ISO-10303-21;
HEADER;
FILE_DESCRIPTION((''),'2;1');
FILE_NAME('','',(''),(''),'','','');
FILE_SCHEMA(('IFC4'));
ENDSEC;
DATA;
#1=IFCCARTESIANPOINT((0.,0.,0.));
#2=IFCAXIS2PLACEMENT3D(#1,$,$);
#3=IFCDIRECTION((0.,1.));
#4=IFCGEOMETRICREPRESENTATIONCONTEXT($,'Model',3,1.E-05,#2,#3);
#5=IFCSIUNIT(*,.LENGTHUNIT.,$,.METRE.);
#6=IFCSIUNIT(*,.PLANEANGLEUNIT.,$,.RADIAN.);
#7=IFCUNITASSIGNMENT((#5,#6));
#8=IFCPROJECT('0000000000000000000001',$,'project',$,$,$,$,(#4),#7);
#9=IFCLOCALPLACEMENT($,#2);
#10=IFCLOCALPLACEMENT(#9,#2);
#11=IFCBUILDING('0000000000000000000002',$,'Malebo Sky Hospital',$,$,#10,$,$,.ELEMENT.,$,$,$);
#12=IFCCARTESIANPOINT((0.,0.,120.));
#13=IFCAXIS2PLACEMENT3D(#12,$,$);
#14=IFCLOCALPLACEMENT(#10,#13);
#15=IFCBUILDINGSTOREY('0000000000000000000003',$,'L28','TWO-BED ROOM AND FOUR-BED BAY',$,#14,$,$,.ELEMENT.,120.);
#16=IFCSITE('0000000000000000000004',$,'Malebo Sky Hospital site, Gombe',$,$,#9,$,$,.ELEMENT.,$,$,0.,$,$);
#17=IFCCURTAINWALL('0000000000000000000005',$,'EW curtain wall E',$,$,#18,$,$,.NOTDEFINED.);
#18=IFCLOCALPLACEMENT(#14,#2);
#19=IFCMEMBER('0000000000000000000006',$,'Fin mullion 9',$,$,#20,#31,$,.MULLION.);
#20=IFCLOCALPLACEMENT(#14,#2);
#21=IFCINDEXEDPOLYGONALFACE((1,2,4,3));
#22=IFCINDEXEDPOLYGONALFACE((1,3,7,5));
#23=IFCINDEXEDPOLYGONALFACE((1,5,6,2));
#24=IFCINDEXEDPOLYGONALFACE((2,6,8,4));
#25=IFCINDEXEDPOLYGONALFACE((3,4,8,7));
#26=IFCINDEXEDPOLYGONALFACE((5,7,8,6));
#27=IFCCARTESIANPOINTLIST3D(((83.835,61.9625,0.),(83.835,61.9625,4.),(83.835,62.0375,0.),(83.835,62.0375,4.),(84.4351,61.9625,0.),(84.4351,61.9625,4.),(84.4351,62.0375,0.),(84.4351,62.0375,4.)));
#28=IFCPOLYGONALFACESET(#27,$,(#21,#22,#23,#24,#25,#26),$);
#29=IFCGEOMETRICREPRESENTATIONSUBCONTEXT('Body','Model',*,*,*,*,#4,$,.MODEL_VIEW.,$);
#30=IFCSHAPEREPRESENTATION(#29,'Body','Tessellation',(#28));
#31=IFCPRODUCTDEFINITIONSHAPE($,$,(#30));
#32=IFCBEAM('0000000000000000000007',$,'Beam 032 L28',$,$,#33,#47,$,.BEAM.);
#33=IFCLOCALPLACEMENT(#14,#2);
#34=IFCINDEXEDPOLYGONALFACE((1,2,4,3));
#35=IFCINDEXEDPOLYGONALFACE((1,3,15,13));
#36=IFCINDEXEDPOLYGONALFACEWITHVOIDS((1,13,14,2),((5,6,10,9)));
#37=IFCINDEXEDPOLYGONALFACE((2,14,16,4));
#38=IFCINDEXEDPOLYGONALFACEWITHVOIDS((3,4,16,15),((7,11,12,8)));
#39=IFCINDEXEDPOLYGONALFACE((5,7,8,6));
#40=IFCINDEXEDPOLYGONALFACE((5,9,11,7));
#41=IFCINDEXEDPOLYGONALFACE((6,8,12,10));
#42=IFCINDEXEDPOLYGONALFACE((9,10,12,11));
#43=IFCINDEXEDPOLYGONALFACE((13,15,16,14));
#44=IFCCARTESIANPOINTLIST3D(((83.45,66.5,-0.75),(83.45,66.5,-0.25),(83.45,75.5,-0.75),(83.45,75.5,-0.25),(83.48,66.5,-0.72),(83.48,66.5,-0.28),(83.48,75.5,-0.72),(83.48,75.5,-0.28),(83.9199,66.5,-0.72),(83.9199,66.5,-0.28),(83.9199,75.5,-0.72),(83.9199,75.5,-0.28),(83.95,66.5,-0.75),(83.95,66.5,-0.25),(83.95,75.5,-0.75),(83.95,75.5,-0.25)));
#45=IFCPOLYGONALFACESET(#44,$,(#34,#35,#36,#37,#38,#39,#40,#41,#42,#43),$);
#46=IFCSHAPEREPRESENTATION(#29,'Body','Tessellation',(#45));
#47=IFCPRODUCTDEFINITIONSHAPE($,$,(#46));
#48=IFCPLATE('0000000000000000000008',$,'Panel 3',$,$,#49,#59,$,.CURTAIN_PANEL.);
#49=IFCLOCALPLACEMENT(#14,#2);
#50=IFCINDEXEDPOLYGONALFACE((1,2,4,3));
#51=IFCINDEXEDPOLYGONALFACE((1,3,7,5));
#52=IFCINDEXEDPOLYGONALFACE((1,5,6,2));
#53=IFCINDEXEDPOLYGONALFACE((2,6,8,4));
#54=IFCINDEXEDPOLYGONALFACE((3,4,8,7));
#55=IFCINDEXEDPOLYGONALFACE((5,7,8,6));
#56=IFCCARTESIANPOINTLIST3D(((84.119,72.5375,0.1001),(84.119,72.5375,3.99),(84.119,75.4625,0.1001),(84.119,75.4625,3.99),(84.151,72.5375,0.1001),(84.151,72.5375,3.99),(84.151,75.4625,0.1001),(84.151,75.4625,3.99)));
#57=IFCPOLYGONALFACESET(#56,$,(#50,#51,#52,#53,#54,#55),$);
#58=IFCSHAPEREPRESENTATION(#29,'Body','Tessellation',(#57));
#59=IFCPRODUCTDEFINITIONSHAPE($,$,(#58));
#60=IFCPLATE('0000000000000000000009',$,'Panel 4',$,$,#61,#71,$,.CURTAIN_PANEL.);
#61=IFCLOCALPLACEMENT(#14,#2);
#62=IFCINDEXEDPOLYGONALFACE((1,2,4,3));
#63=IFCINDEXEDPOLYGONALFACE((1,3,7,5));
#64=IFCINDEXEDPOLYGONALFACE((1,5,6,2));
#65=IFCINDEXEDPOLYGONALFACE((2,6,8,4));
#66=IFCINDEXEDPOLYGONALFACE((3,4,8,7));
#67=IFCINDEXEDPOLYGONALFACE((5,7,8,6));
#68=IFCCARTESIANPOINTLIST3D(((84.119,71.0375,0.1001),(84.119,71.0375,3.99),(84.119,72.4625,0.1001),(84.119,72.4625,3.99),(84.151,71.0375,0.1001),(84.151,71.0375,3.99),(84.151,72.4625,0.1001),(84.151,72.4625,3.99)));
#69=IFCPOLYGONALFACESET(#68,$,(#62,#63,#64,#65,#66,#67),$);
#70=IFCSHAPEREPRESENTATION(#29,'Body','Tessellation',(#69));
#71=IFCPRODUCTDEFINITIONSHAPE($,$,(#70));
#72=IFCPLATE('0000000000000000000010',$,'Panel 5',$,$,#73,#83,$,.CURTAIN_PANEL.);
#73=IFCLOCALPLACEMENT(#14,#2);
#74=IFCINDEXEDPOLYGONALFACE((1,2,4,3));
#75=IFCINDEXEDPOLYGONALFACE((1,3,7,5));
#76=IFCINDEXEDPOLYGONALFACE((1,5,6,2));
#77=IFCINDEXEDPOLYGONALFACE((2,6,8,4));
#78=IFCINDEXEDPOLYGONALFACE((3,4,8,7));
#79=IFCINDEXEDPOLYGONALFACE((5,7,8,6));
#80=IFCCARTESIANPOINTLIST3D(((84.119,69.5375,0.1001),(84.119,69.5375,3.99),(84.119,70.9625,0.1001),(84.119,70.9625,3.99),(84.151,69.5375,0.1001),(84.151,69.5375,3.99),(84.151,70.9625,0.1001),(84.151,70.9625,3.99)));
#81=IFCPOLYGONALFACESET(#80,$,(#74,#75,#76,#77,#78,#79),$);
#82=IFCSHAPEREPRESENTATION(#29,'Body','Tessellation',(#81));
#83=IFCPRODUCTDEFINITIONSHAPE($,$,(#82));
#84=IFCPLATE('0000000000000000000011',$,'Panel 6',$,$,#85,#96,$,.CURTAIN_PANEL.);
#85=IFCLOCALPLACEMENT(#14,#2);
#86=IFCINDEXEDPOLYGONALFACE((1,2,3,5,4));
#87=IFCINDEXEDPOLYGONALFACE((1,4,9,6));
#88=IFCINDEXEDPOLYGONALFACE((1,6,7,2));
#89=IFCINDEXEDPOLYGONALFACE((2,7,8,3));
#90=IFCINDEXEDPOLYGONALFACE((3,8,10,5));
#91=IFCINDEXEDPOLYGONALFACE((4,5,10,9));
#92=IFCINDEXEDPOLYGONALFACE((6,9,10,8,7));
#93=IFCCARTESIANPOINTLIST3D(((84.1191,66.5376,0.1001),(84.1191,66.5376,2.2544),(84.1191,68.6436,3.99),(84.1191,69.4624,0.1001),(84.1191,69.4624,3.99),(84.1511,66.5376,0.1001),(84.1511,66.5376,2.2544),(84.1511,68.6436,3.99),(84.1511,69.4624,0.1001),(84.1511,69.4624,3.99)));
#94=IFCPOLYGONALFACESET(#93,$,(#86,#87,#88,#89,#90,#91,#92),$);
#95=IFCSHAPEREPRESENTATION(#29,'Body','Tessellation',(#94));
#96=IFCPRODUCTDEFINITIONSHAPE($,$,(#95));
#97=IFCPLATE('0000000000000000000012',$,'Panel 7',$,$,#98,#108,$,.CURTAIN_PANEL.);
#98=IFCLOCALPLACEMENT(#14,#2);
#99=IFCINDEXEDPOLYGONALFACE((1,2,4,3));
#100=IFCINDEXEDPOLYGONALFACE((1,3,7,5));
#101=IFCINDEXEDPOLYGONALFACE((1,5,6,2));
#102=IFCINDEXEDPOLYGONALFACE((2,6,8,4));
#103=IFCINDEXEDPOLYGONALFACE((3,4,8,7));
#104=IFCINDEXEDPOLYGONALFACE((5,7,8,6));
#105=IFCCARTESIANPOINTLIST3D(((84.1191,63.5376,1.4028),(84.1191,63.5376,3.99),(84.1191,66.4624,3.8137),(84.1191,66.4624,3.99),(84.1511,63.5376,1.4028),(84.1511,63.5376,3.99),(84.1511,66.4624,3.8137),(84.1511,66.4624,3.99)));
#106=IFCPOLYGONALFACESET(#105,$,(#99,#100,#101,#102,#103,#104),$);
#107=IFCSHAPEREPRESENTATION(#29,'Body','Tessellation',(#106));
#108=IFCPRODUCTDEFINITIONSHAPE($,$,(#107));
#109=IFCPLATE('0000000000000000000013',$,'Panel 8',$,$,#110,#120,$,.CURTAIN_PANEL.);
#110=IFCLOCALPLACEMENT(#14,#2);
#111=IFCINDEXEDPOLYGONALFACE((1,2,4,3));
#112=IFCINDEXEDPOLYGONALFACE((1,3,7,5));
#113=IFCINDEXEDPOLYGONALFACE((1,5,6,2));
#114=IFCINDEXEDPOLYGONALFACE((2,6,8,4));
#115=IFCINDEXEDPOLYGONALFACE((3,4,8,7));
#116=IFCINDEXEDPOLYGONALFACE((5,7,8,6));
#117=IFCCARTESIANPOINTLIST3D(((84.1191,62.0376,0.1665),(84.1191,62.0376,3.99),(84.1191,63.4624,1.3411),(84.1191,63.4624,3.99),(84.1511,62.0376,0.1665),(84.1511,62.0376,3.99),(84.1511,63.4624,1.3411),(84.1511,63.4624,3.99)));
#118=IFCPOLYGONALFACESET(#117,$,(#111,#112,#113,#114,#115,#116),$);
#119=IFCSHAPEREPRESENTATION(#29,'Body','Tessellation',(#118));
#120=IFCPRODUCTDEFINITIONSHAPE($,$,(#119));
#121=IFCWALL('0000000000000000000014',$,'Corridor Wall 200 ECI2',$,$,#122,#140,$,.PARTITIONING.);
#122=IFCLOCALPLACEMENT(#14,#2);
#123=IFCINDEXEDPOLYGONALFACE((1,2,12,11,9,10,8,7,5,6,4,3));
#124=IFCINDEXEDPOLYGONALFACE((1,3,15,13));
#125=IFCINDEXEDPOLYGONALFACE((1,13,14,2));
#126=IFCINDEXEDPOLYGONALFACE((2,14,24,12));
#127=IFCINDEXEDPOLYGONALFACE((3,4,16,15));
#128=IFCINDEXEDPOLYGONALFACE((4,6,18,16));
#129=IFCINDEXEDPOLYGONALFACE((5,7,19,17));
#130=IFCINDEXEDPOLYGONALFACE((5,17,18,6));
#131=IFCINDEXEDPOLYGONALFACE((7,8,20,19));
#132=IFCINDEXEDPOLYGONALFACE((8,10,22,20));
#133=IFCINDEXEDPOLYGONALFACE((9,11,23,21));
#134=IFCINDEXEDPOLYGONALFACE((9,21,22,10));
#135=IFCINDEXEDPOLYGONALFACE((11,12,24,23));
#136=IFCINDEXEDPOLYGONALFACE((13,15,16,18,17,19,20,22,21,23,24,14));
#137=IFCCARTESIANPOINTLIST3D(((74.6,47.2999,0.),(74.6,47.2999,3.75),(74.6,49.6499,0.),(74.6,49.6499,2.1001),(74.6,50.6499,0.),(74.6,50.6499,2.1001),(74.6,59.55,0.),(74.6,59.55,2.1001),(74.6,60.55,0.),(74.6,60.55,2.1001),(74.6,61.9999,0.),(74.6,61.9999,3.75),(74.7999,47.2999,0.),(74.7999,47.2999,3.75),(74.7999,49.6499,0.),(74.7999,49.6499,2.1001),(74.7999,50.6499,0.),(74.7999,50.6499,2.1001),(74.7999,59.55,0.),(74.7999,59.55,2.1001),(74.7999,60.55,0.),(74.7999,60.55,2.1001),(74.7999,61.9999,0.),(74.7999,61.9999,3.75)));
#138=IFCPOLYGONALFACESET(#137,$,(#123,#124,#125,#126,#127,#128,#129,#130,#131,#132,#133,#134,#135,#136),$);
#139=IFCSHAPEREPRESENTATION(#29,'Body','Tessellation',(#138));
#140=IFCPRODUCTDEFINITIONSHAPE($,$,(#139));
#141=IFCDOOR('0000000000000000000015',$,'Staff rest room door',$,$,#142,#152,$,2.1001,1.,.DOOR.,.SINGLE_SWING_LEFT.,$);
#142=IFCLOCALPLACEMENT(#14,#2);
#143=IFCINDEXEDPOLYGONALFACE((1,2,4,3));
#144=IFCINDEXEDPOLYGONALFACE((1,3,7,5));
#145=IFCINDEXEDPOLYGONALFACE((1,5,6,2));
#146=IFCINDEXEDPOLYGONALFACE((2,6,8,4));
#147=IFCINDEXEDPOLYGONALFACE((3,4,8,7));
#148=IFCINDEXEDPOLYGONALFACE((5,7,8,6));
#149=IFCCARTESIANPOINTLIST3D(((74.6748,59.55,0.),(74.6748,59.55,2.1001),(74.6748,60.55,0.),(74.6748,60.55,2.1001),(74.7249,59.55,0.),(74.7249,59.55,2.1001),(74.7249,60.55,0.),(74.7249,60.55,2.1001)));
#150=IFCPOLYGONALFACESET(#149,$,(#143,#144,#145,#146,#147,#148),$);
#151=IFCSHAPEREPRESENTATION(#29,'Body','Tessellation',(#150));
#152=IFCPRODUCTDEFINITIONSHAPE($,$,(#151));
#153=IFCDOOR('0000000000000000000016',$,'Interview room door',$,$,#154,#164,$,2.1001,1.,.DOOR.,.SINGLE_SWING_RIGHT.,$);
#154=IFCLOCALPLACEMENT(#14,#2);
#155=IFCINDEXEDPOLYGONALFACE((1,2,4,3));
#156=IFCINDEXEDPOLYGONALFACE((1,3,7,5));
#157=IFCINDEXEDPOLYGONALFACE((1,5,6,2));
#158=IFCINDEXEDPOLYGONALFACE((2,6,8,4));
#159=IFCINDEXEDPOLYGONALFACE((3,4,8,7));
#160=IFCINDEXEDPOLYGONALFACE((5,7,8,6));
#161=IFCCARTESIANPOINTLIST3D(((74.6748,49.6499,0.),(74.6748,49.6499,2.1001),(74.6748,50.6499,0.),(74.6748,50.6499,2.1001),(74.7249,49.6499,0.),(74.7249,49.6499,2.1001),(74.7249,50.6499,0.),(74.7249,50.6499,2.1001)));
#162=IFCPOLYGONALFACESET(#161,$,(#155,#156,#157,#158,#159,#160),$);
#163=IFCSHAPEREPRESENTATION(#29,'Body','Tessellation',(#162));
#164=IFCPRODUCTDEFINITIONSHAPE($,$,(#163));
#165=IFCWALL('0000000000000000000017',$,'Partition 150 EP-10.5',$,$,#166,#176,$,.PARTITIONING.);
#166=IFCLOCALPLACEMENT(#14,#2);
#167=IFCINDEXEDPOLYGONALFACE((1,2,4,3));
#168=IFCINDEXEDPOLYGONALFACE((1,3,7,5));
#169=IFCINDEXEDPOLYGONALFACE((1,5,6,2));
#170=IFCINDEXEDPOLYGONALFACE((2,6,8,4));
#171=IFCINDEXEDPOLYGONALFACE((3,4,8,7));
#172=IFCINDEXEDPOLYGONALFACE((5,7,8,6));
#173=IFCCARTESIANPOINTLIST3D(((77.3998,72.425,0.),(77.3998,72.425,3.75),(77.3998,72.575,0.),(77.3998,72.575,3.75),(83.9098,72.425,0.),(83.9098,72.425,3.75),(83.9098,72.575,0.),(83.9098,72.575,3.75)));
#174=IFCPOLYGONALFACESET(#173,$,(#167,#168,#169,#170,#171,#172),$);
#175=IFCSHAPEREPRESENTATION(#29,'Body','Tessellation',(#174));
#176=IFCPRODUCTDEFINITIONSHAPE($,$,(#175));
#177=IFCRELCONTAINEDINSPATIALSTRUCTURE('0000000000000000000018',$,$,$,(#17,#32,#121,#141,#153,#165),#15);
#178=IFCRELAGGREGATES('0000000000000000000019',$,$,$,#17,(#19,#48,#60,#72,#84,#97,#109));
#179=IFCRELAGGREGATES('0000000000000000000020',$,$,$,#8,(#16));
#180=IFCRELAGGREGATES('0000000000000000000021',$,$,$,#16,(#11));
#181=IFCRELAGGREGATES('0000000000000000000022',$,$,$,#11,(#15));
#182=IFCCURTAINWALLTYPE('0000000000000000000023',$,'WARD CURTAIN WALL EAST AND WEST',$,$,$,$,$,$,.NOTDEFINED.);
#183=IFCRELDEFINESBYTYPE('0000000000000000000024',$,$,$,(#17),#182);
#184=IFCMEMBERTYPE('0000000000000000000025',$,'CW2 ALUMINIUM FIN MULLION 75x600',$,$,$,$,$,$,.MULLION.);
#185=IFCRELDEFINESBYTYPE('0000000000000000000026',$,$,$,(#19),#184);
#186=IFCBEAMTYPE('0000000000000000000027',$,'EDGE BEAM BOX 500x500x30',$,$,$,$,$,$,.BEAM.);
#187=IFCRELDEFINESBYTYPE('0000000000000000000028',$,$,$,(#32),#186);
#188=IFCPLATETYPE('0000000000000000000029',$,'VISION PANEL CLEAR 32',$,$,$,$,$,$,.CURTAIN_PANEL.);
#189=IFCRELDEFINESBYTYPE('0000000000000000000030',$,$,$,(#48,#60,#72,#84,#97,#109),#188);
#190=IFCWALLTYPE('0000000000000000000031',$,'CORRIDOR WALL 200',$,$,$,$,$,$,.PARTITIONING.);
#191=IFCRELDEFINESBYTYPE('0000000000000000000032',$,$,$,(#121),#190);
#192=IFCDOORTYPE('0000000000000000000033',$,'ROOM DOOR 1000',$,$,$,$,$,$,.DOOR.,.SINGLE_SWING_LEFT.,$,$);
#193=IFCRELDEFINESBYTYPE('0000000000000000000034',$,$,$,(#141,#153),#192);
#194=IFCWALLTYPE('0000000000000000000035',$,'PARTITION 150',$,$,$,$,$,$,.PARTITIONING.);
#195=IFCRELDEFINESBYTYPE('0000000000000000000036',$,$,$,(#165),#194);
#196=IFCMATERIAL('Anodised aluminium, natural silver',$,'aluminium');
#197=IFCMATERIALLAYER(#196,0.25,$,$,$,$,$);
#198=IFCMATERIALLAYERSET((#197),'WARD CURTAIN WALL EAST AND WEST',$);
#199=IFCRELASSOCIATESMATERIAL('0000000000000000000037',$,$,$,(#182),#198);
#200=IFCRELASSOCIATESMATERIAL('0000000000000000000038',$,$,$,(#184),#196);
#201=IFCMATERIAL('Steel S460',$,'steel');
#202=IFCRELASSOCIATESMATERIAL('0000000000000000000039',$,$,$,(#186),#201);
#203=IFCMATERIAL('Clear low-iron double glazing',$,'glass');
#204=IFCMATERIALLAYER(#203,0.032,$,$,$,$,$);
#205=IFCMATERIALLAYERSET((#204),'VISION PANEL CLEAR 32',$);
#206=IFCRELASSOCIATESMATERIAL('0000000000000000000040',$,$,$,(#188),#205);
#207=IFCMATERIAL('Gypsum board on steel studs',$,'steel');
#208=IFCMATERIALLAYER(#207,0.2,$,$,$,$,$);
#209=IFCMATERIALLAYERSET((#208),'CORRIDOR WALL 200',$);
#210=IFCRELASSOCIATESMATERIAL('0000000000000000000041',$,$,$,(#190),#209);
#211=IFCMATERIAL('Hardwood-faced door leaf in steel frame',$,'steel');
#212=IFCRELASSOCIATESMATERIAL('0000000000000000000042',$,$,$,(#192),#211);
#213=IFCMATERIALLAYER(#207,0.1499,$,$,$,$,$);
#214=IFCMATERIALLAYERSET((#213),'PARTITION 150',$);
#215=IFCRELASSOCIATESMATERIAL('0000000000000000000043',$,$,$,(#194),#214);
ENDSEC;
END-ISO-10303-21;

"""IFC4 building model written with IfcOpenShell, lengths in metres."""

from ifc_helpers import new_model, si_unit, direction, frame, frame_2d, origin, origin_2d, place, context, subcontext, project, spatial, polyline, rectangle, hollow_rectangle, outline, extrude, material, layer, layer_set, material_profile, profile_set, type_object, element, fill, aggregate, save


model = new_model("IFC4")

# Units and contexts
model_context = context("Model", 3, precision=1e-05, world=origin(), true_north=direction((0.0, 1.0)))
body_context = subcontext(model_context, "Body", "Model", "MODEL_VIEW")
ifc_project = project(units=[si_unit("LENGTHUNIT", "METRE"), si_unit("PLANEANGLEUNIT", "RADIAN")], contexts=[model_context])

# Site, building, storey
site_placement = place(None, origin())
site = spatial("IfcSite", under=ifc_project, at=site_placement, Name="Malebo Sky Hospital site, Gombe", CompositionType="ELEMENT", RefElevation=0.0)
building_placement = place(site_placement, origin())
building = spatial("IfcBuilding", under=site, at=building_placement, Name="Malebo Sky Hospital", CompositionType="ELEMENT")
storey_placement = place(building_placement, frame((0.0, 0.0, 120.0)))
storey = spatial("IfcBuildingStorey", under=building, at=storey_placement, Name="L28", Description="TWO-BED ROOM AND FOUR-BED BAY", CompositionType="ELEMENT", Elevation=120.0)

# Shared definitions
ifc_material_1 = material(Name="Steel S460", Category="steel")

# Curtain wall
ifc_material_2 = material(Name="Anodised aluminium, natural silver", Category="aluminium")
ifc_layer_1 = layer(ifc_material_2, 0.25)
ifc_layer_set_1 = layer_set([ifc_layer_1], Name="WARD CURTAIN WALL EAST AND WEST")
curtain_wall_type = type_object("IfcCurtainWallType", Name="WARD CURTAIN WALL EAST AND WEST", PredefinedType="NOTDEFINED", material=ifc_layer_set_1)
curtain_wall_placement = place(storey_placement, origin())
curtain_wall = element("IfcCurtainWall", 1, at=curtain_wall_placement, inside=storey, type_object=curtain_wall_type, Name="EW curtain wall E", PredefinedType="NOTDEFINED")

# Member
ifc_material_profile_1 = material_profile(ifc_material_2, rectangle(XDim=0.075, YDim=0.6001, at=origin_2d()), Name="CW2 ALUMINIUM FIN MULLION 75x600")
ifc_profile_set_1 = profile_set([ifc_material_profile_1], Name="Anodised aluminium, natural silver")
member_type_1 = type_object("IfcMemberType", Name="CW2 ALUMINIUM FIN MULLION 75x600", PredefinedType="MULLION", material=ifc_profile_set_1)
member_1_placement = place(storey_placement, frame((84.135, 62.0, 0.0), z_axis=(0.0, 0.0, 1.0), x_axis=(0.0, -1.0, 0.0)))
member_1 = element("IfcMember", 2, at=member_1_placement, type_object=member_type_1, Name="Fin mullion 9", PredefinedType="MULLION", context=body_context, shape_type="SweptSolid", body=[
    extrude(rectangle(XDim=0.075, YDim=0.6001, at=origin_2d()), origin(), (0.0, 0.0, 1.0), 4.0),
])

# Beam
ifc_material_profile_2 = material_profile(ifc_material_1, hollow_rectangle(XDim=0.5, YDim=0.5, WallThickness=0.03, at=origin_2d()), Name="BOX 500x500x30")
ifc_profile_set_2 = profile_set([ifc_material_profile_2], Name="Steel S460")
beam_type = type_object("IfcBeamType", Name="EDGE BEAM BOX 500x500x30", PredefinedType="BEAM", material=ifc_profile_set_2)
beam_placement = place(storey_placement, frame((83.7, 66.5, -0.5), z_axis=(0.0, 1.0, 0.0), x_axis=(-1.0, 0.0, 0.0)))
element("IfcBeam", 3, at=beam_placement, inside=storey, type_object=beam_type, Name="Beam 032 L28", PredefinedType="BEAM", context=body_context, shape_type="SweptSolid", body=[
    extrude(hollow_rectangle(XDim=0.5, YDim=0.5, WallThickness=0.03, at=origin_2d()), origin(), (0.0, 0.0, 1.0), 9.0),
])

# Plates
ifc_material_3 = material(Name="Clear low-iron double glazing", Category="glass")
ifc_layer_2 = layer(ifc_material_3, 0.032)
ifc_layer_set_2 = layer_set([ifc_layer_2], Name="VISION PANEL CLEAR 32")
plate_type = type_object("IfcPlateType", Name="VISION PANEL CLEAR 32", PredefinedType="CURTAIN_PANEL", material=ifc_layer_set_2)
plate_1_placement = place(storey_placement, frame((84.135, 74.0, 0.1001), z_axis=(0.0, 0.0, 1.0), x_axis=(0.0, -1.0, 0.0)))
plate_1 = element("IfcPlate", 4, at=plate_1_placement, type_object=plate_type, Name="Panel 3", PredefinedType="CURTAIN_PANEL", context=body_context, shape_type="SweptSolid", body=[
    extrude(rectangle(XDim=2.925, YDim=0.032, at=origin_2d()), origin(), (0.0, 0.0, 1.0), 3.8899),
])
plate_2_placement = place(storey_placement, frame((84.135, 71.75, 0.1001), z_axis=(0.0, 0.0, 1.0), x_axis=(0.0, -1.0, 0.0)))
plate_2 = element("IfcPlate", 5, at=plate_2_placement, type_object=plate_type, Name="Panel 4", PredefinedType="CURTAIN_PANEL", context=body_context, shape_type="SweptSolid", body=[
    extrude(rectangle(XDim=1.425, YDim=0.032, at=origin_2d()), origin(), (0.0, 0.0, 1.0), 3.8899),
])
plate_3_placement = place(storey_placement, frame((84.135, 70.25, 0.1001), z_axis=(0.0, 0.0, 1.0), x_axis=(0.0, -1.0, 0.0)))
plate_3 = element("IfcPlate", 6, at=plate_3_placement, type_object=plate_type, Name="Panel 5", PredefinedType="CURTAIN_PANEL", context=body_context, shape_type="SweptSolid", body=[
    extrude(rectangle(XDim=1.425, YDim=0.032, at=origin_2d()), origin(), (0.0, 0.0, 1.0), 3.8899),
])
plate_4_placement = place(storey_placement, frame((84.135, 68.0, 0.1001), z_axis=(0.0, 0.0, 1.0), x_axis=(0.0, -1.0, 0.0)))
plate_4 = element("IfcPlate", 7, at=plate_4_placement, type_object=plate_type, Name="Panel 6", PredefinedType="CURTAIN_PANEL", context=body_context, shape_type="SweptSolid", body=[
    extrude(outline(polyline([(-1.4624, 0.0), (1.4624, 0.0), (1.4624, 2.1543), (-0.6436, 3.8899), (-1.4624, 3.8899), (-1.4624, 0.0)])), frame((0.0, 0.0161, 0.0), z_axis=(0.0, -1.0, 0.0), x_axis=(1.0, 0.0, 0.0)), (0.0, 0.0, 1.0), 0.032),
])
plate_5_placement = place(storey_placement, frame((84.135, 65.0, 1.4028), z_axis=(0.0, 0.0, 1.0), x_axis=(0.0, -1.0, 0.0)))
plate_5 = element("IfcPlate", 8, at=plate_5_placement, type_object=plate_type, Name="Panel 7", PredefinedType="CURTAIN_PANEL", context=body_context, shape_type="SweptSolid", body=[
    extrude(outline(polyline([(1.4624, 0.0), (1.4624, 2.5872), (-1.4624, 2.5872), (-1.4624, 2.4109), (1.4624, 0.0)])), frame((0.0, 0.0161, 0.0), z_axis=(0.0, -1.0, 0.0), x_axis=(1.0, 0.0, 0.0)), (0.0, 0.0, 1.0), 0.032),
])
plate_6_placement = place(storey_placement, frame((84.135, 62.75, 0.1665), z_axis=(0.0, 0.0, 1.0), x_axis=(0.0, -1.0, 0.0)))
plate_6 = element("IfcPlate", 9, at=plate_6_placement, type_object=plate_type, Name="Panel 8", PredefinedType="CURTAIN_PANEL", context=body_context, shape_type="SweptSolid", body=[
    extrude(outline(polyline([(0.7124, 0.0), (0.7124, 3.8235), (-0.7124, 3.8235), (-0.7124, 1.1746), (0.7124, 0.0)])), frame((0.0, 0.0161, 0.0), z_axis=(0.0, -1.0, 0.0), x_axis=(1.0, 0.0, 0.0)), (0.0, 0.0, 1.0), 0.032),
])
aggregate(curtain_wall, [member_1, plate_1, plate_2, plate_3, plate_4, plate_5, plate_6])

# Wall, openings, doors
ifc_material_4 = material(Name="Gypsum board on steel studs", Category="steel")
ifc_layer_3 = layer(ifc_material_4, 0.2)
ifc_layer_set_3 = layer_set([ifc_layer_3], Name="CORRIDOR WALL 200")
wall_type_1 = type_object("IfcWallType", Name="CORRIDOR WALL 200", PredefinedType="PARTITIONING", material=ifc_layer_set_3)
wall_1_placement = place(storey_placement, frame((74.7, 62.0, 0.0), z_axis=(0.0, 0.0, 1.0), x_axis=(0.0, -1.0, 0.0)))
wall_1 = element("IfcWall", 10, at=wall_1_placement, inside=storey, type_object=wall_type_1, Name="Corridor Wall 200 ECI2", PredefinedType="PARTITIONING", context=body_context, shape_type="SweptSolid", body=[
    extrude(rectangle(XDim=14.7, YDim=0.2, at=frame_2d((7.3501, 0.0))), origin(), (0.0, 0.0, 1.0), 3.75),
])
opening_1_placement = place(wall_1_placement, frame((1.45, 0.0, 0.0)))
opening_1 = element("IfcOpeningElement", 11, at=opening_1_placement, cuts=wall_1, PredefinedType="OPENING", context=body_context, shape_type="SweptSolid", body=[
    extrude(rectangle(XDim=1.0, YDim=2.1001, at=frame_2d((0.5, 1.05))), frame((0.0, 0.1099, 0.0), z_axis=(0.0, -1.0, 0.0), x_axis=(1.0, 0.0, 0.0)), (0.0, 0.0, 1.0), 0.22),
])
opening_2_placement = place(wall_1_placement, frame((11.3501, 0.0, 0.0)))
opening_2 = element("IfcOpeningElement", 12, at=opening_2_placement, cuts=wall_1, PredefinedType="OPENING", context=body_context, shape_type="SweptSolid", body=[
    extrude(rectangle(XDim=1.0, YDim=2.1001, at=frame_2d((0.5, 1.05))), frame((0.0, 0.1099, 0.0), z_axis=(0.0, -1.0, 0.0), x_axis=(1.0, 0.0, 0.0)), (0.0, 0.0, 1.0), 0.22),
])
ifc_material_5 = material(Name="Hardwood-faced door leaf in steel frame", Category="steel")
door_type_1 = type_object("IfcDoorType", Name="ROOM DOOR 1000", OperationType="SINGLE_SWING_LEFT", PredefinedType="DOOR", material=ifc_material_5)
door_1_placement = place(opening_1_placement, origin())
door_1 = element("IfcDoor", 13, at=door_1_placement, inside=storey, type_object=door_type_1, Name="Staff rest room door", OperationType="SINGLE_SWING_LEFT", OverallHeight=2.1001, OverallWidth=1.0, PredefinedType="DOOR", context=body_context, shape_type="SweptSolid", body=[
    extrude(rectangle(XDim=1.0, YDim=2.1001, at=frame_2d((0.5, 1.05))), frame((0.0, 0.0249, 0.0), z_axis=(0.0, -1.0, 0.0), x_axis=(1.0, 0.0, 0.0)), (0.0, 0.0, 1.0), 0.05),
])
fill(opening_1, door_1)
door_2_placement = place(opening_2_placement, origin())
door_2 = element("IfcDoor", 14, at=door_2_placement, inside=storey, type_object=door_type_1, Name="Interview room door", OperationType="SINGLE_SWING_RIGHT", OverallHeight=2.1001, OverallWidth=1.0, PredefinedType="DOOR", context=body_context, shape_type="SweptSolid", body=[
    extrude(rectangle(XDim=1.0, YDim=2.1001, at=frame_2d((0.5, 1.05))), frame((0.0, 0.0249, 0.0), z_axis=(0.0, -1.0, 0.0), x_axis=(1.0, 0.0, 0.0)), (0.0, 0.0, 1.0), 0.05),
])
fill(opening_2, door_2)

# Wall
ifc_layer_4 = layer(ifc_material_4, 0.1499)
ifc_layer_set_4 = layer_set([ifc_layer_4], Name="PARTITION 150")
wall_type_2 = type_object("IfcWallType", Name="PARTITION 150", PredefinedType="PARTITIONING", material=ifc_layer_set_4)
wall_2_placement = place(storey_placement, frame((77.3999, 72.5, 0.0), z_axis=(0.0, 0.0, 1.0), x_axis=(1.0, 0.0, 0.0)))
element("IfcWall", 15, at=wall_2_placement, inside=storey, type_object=wall_type_2, Name="Partition 150 EP-10.5", PredefinedType="PARTITIONING", context=body_context, shape_type="SweptSolid", body=[
    extrude(rectangle(XDim=6.51, YDim=0.1499, at=frame_2d((3.2549, 0.0))), origin(), (0.0, 0.0, 1.0), 3.75),
])

save(model, "model.ifc")
